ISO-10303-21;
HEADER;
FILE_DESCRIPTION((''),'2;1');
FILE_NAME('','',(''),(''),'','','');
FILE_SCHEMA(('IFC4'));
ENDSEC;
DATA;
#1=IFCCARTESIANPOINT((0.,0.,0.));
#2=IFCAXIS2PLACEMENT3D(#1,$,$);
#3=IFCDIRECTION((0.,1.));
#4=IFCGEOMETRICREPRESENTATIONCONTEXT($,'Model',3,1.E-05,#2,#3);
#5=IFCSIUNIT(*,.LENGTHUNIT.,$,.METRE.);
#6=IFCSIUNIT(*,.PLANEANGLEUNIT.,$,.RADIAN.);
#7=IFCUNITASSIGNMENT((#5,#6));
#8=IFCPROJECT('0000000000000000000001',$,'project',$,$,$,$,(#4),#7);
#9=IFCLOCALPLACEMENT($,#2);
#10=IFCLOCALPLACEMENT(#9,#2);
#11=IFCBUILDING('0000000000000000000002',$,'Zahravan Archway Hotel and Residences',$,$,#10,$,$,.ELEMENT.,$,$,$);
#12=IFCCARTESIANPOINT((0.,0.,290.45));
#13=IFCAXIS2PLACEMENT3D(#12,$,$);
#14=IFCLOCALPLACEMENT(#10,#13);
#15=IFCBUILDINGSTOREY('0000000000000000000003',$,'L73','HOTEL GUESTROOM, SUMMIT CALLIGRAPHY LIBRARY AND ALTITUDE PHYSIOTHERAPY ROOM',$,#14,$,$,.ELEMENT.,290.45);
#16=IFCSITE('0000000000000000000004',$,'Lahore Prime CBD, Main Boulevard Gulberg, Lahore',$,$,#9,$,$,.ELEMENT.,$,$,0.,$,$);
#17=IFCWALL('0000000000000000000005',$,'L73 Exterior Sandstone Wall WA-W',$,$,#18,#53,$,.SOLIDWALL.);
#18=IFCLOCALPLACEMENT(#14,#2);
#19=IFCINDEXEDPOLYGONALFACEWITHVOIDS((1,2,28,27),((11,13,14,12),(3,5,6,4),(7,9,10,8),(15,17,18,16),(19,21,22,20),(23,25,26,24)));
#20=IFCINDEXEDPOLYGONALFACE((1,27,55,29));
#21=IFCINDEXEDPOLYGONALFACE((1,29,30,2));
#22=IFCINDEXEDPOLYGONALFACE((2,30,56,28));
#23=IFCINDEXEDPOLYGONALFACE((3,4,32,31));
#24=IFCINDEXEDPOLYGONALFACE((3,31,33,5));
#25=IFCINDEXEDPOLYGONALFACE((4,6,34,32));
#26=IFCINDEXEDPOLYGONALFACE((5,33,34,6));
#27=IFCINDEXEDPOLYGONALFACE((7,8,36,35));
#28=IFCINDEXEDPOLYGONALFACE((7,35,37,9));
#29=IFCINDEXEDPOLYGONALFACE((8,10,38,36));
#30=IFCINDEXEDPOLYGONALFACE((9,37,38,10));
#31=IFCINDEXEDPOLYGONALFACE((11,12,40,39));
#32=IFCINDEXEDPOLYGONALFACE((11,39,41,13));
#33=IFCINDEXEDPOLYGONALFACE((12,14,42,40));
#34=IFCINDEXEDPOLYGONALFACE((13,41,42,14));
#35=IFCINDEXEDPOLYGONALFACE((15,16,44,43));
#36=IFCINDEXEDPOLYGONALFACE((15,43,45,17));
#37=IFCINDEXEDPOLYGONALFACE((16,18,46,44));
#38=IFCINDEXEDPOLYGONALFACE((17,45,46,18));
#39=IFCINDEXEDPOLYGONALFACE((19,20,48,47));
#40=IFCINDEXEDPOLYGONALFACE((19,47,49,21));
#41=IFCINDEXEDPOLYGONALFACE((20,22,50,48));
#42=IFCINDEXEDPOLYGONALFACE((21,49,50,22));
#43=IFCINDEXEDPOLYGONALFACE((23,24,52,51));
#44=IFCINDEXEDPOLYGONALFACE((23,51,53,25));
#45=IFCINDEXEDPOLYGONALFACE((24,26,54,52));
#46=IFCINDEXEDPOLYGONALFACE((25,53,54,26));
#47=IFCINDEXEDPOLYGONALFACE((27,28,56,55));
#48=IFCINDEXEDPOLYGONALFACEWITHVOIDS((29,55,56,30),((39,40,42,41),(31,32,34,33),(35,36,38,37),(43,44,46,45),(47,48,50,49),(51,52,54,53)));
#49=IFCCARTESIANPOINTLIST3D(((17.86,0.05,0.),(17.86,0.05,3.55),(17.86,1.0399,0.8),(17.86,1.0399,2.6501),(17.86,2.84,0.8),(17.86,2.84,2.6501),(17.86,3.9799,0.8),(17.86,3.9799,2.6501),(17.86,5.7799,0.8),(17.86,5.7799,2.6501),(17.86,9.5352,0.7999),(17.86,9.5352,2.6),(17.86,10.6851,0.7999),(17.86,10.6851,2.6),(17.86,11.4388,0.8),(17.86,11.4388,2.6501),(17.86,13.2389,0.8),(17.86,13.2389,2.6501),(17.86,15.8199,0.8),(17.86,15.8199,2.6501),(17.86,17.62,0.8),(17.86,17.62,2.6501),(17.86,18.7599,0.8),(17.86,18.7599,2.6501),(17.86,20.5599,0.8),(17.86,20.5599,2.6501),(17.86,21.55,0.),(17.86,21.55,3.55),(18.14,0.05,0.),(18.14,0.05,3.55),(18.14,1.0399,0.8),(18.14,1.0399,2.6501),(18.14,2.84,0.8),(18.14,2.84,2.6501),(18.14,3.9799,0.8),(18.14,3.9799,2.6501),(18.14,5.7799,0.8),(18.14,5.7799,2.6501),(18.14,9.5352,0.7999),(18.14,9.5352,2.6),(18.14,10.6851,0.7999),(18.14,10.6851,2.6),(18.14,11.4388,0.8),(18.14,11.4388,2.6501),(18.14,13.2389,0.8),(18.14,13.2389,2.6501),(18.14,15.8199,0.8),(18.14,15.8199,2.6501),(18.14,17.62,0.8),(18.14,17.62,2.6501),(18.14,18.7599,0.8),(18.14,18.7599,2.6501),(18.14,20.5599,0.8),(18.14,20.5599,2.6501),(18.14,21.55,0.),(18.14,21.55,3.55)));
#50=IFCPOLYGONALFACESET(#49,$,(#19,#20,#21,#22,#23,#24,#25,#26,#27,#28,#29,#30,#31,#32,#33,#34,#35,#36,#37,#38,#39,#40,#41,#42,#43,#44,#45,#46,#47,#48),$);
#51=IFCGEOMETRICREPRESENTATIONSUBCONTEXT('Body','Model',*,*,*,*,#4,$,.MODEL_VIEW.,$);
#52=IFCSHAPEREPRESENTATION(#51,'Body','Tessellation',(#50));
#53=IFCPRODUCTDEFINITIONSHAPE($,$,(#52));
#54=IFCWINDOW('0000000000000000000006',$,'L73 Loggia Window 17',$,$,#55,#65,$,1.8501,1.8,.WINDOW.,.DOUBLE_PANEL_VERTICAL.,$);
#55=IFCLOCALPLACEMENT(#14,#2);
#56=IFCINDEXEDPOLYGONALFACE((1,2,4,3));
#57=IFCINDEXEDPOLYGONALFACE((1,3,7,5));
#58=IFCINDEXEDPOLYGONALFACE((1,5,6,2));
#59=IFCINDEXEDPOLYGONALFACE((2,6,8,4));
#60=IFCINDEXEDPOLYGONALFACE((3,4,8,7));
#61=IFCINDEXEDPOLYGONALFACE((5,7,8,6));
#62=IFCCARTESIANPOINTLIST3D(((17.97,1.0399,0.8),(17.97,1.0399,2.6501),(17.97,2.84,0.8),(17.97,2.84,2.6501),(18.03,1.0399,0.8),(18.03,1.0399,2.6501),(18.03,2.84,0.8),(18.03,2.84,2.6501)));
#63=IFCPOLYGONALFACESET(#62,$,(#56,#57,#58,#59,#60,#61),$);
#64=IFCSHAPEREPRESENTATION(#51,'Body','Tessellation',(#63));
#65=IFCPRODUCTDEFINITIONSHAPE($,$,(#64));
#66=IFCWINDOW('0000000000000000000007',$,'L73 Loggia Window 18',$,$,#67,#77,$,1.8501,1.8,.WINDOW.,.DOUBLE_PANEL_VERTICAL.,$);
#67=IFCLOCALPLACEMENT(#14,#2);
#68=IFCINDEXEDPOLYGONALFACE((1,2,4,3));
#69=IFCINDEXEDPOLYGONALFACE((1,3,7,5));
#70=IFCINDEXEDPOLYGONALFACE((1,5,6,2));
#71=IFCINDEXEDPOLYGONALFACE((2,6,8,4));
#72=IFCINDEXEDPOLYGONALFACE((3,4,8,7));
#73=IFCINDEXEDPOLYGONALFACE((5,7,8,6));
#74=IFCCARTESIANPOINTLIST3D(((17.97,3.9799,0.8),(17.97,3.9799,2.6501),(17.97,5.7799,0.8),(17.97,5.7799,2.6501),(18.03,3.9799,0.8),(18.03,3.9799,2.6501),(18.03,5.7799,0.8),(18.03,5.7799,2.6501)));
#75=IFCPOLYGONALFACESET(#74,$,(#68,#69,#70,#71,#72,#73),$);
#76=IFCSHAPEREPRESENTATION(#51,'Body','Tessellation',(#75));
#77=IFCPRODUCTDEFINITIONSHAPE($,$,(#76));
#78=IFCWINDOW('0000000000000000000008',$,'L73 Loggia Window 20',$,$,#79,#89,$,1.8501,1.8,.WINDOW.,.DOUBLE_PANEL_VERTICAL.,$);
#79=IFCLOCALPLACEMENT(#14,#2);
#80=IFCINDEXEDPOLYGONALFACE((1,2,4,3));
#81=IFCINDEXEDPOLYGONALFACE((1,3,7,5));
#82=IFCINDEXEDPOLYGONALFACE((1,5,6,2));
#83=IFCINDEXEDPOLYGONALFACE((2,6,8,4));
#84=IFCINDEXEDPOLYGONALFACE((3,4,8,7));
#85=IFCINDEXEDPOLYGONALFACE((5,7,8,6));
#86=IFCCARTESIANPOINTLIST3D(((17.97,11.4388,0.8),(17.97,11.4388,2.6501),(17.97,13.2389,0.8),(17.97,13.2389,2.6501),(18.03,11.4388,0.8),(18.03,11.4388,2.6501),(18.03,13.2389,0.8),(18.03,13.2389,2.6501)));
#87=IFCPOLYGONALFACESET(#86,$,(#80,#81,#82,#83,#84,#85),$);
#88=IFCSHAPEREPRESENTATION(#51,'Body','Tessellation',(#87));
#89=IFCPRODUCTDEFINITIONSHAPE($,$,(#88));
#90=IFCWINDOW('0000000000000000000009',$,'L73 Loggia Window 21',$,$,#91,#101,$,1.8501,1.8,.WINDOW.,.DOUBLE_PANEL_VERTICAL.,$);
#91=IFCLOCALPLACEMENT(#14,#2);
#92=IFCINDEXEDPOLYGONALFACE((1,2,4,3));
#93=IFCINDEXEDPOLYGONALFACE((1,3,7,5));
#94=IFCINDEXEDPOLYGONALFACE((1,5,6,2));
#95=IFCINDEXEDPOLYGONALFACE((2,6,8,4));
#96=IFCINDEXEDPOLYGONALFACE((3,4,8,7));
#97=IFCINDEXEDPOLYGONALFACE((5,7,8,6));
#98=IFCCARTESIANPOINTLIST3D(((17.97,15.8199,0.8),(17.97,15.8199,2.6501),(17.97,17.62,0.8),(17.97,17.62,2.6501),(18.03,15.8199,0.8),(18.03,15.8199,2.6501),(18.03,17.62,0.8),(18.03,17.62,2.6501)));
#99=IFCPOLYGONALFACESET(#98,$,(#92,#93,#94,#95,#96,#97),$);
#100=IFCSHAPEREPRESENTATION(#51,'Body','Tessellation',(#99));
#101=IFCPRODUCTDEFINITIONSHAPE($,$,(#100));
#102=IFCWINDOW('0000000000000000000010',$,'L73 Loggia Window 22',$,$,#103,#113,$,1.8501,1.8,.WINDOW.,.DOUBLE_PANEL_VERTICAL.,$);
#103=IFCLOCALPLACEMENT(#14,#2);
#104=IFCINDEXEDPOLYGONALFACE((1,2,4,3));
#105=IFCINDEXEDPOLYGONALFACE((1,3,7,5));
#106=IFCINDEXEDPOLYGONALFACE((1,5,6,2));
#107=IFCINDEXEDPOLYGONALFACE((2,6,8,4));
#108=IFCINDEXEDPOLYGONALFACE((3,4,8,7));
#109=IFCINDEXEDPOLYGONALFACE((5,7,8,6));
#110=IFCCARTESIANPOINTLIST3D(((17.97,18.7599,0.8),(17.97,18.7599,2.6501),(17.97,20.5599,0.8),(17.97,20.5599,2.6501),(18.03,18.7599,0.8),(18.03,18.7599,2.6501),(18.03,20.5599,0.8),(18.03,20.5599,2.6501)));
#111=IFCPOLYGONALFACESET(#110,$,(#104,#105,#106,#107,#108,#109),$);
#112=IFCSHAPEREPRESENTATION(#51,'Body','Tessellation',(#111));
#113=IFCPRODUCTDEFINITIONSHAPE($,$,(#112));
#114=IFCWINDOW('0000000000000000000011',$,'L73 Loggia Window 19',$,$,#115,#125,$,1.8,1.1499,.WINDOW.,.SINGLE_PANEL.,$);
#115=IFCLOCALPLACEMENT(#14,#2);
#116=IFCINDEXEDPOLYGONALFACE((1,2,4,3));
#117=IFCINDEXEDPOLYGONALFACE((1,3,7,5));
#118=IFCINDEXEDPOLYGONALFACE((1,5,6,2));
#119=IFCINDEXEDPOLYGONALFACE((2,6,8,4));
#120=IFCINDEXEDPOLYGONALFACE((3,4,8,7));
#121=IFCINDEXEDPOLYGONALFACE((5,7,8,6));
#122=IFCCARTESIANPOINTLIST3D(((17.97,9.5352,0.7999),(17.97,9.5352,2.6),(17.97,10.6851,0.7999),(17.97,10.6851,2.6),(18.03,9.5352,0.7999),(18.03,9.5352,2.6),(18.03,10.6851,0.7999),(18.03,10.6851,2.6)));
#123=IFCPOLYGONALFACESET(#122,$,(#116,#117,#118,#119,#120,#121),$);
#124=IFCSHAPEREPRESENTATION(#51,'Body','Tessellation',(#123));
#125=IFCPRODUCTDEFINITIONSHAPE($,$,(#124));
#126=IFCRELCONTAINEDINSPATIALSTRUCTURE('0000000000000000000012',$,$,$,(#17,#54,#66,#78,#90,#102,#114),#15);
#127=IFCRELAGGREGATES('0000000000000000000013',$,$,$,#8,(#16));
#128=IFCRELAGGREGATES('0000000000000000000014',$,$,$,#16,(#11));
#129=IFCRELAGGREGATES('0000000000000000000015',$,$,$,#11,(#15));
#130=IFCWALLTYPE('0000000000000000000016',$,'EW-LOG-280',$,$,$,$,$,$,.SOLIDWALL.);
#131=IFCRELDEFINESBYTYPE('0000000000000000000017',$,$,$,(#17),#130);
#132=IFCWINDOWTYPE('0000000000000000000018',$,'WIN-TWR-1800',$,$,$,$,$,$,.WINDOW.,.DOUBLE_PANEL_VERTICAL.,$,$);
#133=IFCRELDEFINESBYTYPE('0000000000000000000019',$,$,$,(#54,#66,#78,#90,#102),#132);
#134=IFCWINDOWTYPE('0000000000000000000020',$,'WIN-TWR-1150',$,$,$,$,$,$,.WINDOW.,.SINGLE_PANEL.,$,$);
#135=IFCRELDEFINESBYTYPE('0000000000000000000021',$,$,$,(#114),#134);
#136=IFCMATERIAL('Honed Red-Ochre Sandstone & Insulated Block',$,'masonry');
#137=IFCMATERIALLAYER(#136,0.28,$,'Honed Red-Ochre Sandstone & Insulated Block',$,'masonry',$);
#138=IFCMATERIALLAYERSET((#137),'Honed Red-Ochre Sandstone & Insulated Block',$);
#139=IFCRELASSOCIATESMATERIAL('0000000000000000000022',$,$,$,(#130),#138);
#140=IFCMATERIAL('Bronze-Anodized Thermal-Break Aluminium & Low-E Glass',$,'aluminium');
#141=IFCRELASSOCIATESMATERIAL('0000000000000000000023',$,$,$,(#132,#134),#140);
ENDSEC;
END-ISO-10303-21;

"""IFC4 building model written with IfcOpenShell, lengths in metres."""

from ifc_helpers import new_model, si_unit, direction, frame, frame_2d, origin, place, context, subcontext, project, spatial, rectangle, extrude, source, transform, mapped, material, layer, layer_set, type_object, type_shapes, element, fill, save


model = new_model("IFC4")

# Units and contexts
model_context = context("Model", 3, precision=1e-05, world=origin(), true_north=direction((0.0, 1.0)))
body_context = subcontext(model_context, "Body", "Model", "MODEL_VIEW")
ifc_project = project(units=[si_unit("LENGTHUNIT", "METRE"), si_unit("PLANEANGLEUNIT", "RADIAN")], contexts=[model_context])

# Site, building, storey
site_placement = place(None, origin())
site = spatial("IfcSite", under=ifc_project, at=site_placement, Name="Lahore Prime CBD, Main Boulevard Gulberg, Lahore", CompositionType="ELEMENT", RefElevation=0.0)
building_placement = place(site_placement, origin())
building = spatial("IfcBuilding", under=site, at=building_placement, Name="Zahravan Archway Hotel and Residences", CompositionType="ELEMENT")
storey_placement = place(building_placement, frame((0.0, 0.0, 290.45)))
storey = spatial("IfcBuildingStorey", under=building, at=storey_placement, Name="L73", Description="HOTEL GUESTROOM, SUMMIT CALLIGRAPHY LIBRARY AND ALTITUDE PHYSIOTHERAPY ROOM", CompositionType="ELEMENT", Elevation=290.45)

# Shared definitions
ifc_material_1 = material(Name="Honed Red-Ochre Sandstone & Insulated Block", Category="masonry")
ifc_layer_1 = layer(ifc_material_1, 0.28, Name="Honed Red-Ochre Sandstone & Insulated Block", Category="masonry")
ifc_layer_set_1 = layer_set([ifc_layer_1], Name="Honed Red-Ochre Sandstone & Insulated Block")
wall_type = type_object("IfcWallType", Name="EW-LOG-280", PredefinedType="SOLIDWALL", material=ifc_layer_set_1)
ifc_material_2 = material(Name="Bronze-Anodized Thermal-Break Aluminium & Low-E Glass", Category="aluminium")
window_type_1 = type_object("IfcWindowType", Name="WIN-TWR-1800", PartitioningType="DOUBLE_PANEL_VERTICAL", PredefinedType="WINDOW", material=ifc_material_2)
shared_shape_1 = source(origin(), body_context, "Body", "SweptSolid", [
    extrude(rectangle(XDim=1.8, YDim=1.8501, at=frame_2d((0.8999, 0.925))), frame((0.0, 0.03, 0.0), z_axis=(0.0, -1.0, 0.0), x_axis=(1.0, 0.0, 0.0)), (0.0, 0.0, 1.0), 0.0601),
])
type_shapes(window_type_1, [shared_shape_1])

# Wall, openings, windows
wall_1_placement = place(storey_placement, frame((18.0, 0.05, 0.0), z_axis=(0.0, 0.0, 1.0), x_axis=(0.0, 1.0, 0.0)))
wall_1 = element("IfcWall", 1, at=wall_1_placement, inside=storey, type_object=wall_type, Name="L73 Exterior Sandstone Wall WA-W", PredefinedType="SOLIDWALL", context=body_context, shape_type="SweptSolid", body=[
    extrude(rectangle(XDim=21.5, YDim=0.28, at=frame_2d((10.75, 0.0))), origin(), (0.0, 0.0, 1.0), 3.55),
])
opening_1_placement = place(wall_1_placement, frame((0.99, 0.0, 0.8)))
opening_1 = element("IfcOpeningElement", 2, at=opening_1_placement, cuts=wall_1, PredefinedType="OPENING", context=body_context, shape_type="SweptSolid", body=[
    extrude(rectangle(XDim=1.8, YDim=1.8501, at=frame_2d((0.8999, 0.925))), frame((0.0, 0.1499, 0.0), z_axis=(0.0, -1.0, 0.0), x_axis=(1.0, 0.0, 0.0)), (0.0, 0.0, 1.0), 0.3),
])
opening_2_placement = place(wall_1_placement, frame((3.9299, 0.0, 0.8)))
opening_2 = element("IfcOpeningElement", 3, at=opening_2_placement, cuts=wall_1, PredefinedType="OPENING", context=body_context, shape_type="SweptSolid", body=[
    extrude(rectangle(XDim=1.8, YDim=1.8501, at=frame_2d((0.8999, 0.925))), frame((0.0, 0.1499, 0.0), z_axis=(0.0, -1.0, 0.0), x_axis=(1.0, 0.0, 0.0)), (0.0, 0.0, 1.0), 0.3),
])
opening_3_placement = place(wall_1_placement, frame((9.4851, 0.0, 0.8)))
opening_3 = element("IfcOpeningElement", 4, at=opening_3_placement, cuts=wall_1, PredefinedType="OPENING", context=body_context, shape_type="SweptSolid", body=[
    extrude(rectangle(XDim=1.1499, YDim=1.8, at=frame_2d((0.575, 0.8999))), frame((0.0, 0.1499, 0.0), z_axis=(0.0, -1.0, 0.0), x_axis=(1.0, 0.0, 0.0)), (0.0, 0.0, 1.0), 0.3),
])
opening_4_placement = place(wall_1_placement, frame((11.3889, 0.0, 0.8)))
opening_4 = element("IfcOpeningElement", 5, at=opening_4_placement, cuts=wall_1, PredefinedType="OPENING", context=body_context, shape_type="SweptSolid", body=[
    extrude(rectangle(XDim=1.8, YDim=1.8501, at=frame_2d((0.8999, 0.925))), frame((0.0, 0.1499, 0.0), z_axis=(0.0, -1.0, 0.0), x_axis=(1.0, 0.0, 0.0)), (0.0, 0.0, 1.0), 0.3),
])
opening_5_placement = place(wall_1_placement, frame((15.77, 0.0, 0.8)))
opening_5 = element("IfcOpeningElement", 6, at=opening_5_placement, cuts=wall_1, PredefinedType="OPENING", context=body_context, shape_type="SweptSolid", body=[
    extrude(rectangle(XDim=1.8, YDim=1.8501, at=frame_2d((0.8999, 0.925))), frame((0.0, 0.1499, 0.0), z_axis=(0.0, -1.0, 0.0), x_axis=(1.0, 0.0, 0.0)), (0.0, 0.0, 1.0), 0.3),
])
opening_6_placement = place(wall_1_placement, frame((18.71, 0.0, 0.8)))
opening_6 = element("IfcOpeningElement", 7, at=opening_6_placement, cuts=wall_1, PredefinedType="OPENING", context=body_context, shape_type="SweptSolid", body=[
    extrude(rectangle(XDim=1.8, YDim=1.8501, at=frame_2d((0.8999, 0.925))), frame((0.0, 0.1499, 0.0), z_axis=(0.0, -1.0, 0.0), x_axis=(1.0, 0.0, 0.0)), (0.0, 0.0, 1.0), 0.3),
])
window_1_placement = place(opening_1_placement, origin())
window_1 = element("IfcWindow", 8, at=window_1_placement, inside=storey, type_object=window_type_1, Name="L73 Loggia Window 17", OverallHeight=1.8501, OverallWidth=1.8, PartitioningType="DOUBLE_PANEL_VERTICAL", PredefinedType="WINDOW", context=body_context, shape_type="MappedRepresentation", body=[
    mapped(shared_shape_1, transform((0.0, 0.0, 0.0), scale=1.0)),
])
fill(opening_1, window_1)
window_2_placement = place(opening_2_placement, origin())
window_2 = element("IfcWindow", 9, at=window_2_placement, inside=storey, type_object=window_type_1, Name="L73 Loggia Window 18", OverallHeight=1.8501, OverallWidth=1.8, PartitioningType="DOUBLE_PANEL_VERTICAL", PredefinedType="WINDOW", context=body_context, shape_type="MappedRepresentation", body=[
    mapped(shared_shape_1, transform((0.0, 0.0, 0.0), scale=1.0)),
])
fill(opening_2, window_2)
window_3_placement = place(opening_4_placement, origin())
window_3 = element("IfcWindow", 10, at=window_3_placement, inside=storey, type_object=window_type_1, Name="L73 Loggia Window 20", OverallHeight=1.8501, OverallWidth=1.8, PartitioningType="DOUBLE_PANEL_VERTICAL", PredefinedType="WINDOW", context=body_context, shape_type="MappedRepresentation", body=[
    mapped(shared_shape_1, transform((0.0, 0.0, 0.0), scale=1.0)),
])
fill(opening_4, window_3)
window_4_placement = place(opening_5_placement, origin())
window_4 = element("IfcWindow", 11, at=window_4_placement, inside=storey, type_object=window_type_1, Name="L73 Loggia Window 21", OverallHeight=1.8501, OverallWidth=1.8, PartitioningType="DOUBLE_PANEL_VERTICAL", PredefinedType="WINDOW", context=body_context, shape_type="MappedRepresentation", body=[
    mapped(shared_shape_1, transform((0.0, 0.0, 0.0), scale=1.0)),
])
fill(opening_5, window_4)
window_5_placement = place(opening_6_placement, origin())
window_5 = element("IfcWindow", 12, at=window_5_placement, inside=storey, type_object=window_type_1, Name="L73 Loggia Window 22", OverallHeight=1.8501, OverallWidth=1.8, PartitioningType="DOUBLE_PANEL_VERTICAL", PredefinedType="WINDOW", context=body_context, shape_type="MappedRepresentation", body=[
    mapped(shared_shape_1, transform((0.0, 0.0, 0.0), scale=1.0)),
])
fill(opening_6, window_5)
window_type_2 = type_object("IfcWindowType", Name="WIN-TWR-1150", PartitioningType="SINGLE_PANEL", PredefinedType="WINDOW", material=ifc_material_2)
shared_shape_2 = source(origin(), body_context, "Body", "SweptSolid", [
    extrude(rectangle(XDim=1.1499, YDim=1.8, at=frame_2d((0.575, 0.8999))), frame((0.0, 0.03, 0.0), z_axis=(0.0, -1.0, 0.0), x_axis=(1.0, 0.0, 0.0)), (0.0, 0.0, 1.0), 0.0601),
])
type_shapes(window_type_2, [shared_shape_2])
window_6_placement = place(opening_3_placement, origin())
window_6 = element("IfcWindow", 13, at=window_6_placement, inside=storey, type_object=window_type_2, Name="L73 Loggia Window 19", OverallHeight=1.8, OverallWidth=1.1499, PartitioningType="SINGLE_PANEL", PredefinedType="WINDOW", context=body_context, shape_type="MappedRepresentation", body=[
    mapped(shared_shape_2, transform((0.0, 0.0, 0.0), scale=1.0)),
])
fill(opening_3, window_6)

save(model, "model.ifc")
